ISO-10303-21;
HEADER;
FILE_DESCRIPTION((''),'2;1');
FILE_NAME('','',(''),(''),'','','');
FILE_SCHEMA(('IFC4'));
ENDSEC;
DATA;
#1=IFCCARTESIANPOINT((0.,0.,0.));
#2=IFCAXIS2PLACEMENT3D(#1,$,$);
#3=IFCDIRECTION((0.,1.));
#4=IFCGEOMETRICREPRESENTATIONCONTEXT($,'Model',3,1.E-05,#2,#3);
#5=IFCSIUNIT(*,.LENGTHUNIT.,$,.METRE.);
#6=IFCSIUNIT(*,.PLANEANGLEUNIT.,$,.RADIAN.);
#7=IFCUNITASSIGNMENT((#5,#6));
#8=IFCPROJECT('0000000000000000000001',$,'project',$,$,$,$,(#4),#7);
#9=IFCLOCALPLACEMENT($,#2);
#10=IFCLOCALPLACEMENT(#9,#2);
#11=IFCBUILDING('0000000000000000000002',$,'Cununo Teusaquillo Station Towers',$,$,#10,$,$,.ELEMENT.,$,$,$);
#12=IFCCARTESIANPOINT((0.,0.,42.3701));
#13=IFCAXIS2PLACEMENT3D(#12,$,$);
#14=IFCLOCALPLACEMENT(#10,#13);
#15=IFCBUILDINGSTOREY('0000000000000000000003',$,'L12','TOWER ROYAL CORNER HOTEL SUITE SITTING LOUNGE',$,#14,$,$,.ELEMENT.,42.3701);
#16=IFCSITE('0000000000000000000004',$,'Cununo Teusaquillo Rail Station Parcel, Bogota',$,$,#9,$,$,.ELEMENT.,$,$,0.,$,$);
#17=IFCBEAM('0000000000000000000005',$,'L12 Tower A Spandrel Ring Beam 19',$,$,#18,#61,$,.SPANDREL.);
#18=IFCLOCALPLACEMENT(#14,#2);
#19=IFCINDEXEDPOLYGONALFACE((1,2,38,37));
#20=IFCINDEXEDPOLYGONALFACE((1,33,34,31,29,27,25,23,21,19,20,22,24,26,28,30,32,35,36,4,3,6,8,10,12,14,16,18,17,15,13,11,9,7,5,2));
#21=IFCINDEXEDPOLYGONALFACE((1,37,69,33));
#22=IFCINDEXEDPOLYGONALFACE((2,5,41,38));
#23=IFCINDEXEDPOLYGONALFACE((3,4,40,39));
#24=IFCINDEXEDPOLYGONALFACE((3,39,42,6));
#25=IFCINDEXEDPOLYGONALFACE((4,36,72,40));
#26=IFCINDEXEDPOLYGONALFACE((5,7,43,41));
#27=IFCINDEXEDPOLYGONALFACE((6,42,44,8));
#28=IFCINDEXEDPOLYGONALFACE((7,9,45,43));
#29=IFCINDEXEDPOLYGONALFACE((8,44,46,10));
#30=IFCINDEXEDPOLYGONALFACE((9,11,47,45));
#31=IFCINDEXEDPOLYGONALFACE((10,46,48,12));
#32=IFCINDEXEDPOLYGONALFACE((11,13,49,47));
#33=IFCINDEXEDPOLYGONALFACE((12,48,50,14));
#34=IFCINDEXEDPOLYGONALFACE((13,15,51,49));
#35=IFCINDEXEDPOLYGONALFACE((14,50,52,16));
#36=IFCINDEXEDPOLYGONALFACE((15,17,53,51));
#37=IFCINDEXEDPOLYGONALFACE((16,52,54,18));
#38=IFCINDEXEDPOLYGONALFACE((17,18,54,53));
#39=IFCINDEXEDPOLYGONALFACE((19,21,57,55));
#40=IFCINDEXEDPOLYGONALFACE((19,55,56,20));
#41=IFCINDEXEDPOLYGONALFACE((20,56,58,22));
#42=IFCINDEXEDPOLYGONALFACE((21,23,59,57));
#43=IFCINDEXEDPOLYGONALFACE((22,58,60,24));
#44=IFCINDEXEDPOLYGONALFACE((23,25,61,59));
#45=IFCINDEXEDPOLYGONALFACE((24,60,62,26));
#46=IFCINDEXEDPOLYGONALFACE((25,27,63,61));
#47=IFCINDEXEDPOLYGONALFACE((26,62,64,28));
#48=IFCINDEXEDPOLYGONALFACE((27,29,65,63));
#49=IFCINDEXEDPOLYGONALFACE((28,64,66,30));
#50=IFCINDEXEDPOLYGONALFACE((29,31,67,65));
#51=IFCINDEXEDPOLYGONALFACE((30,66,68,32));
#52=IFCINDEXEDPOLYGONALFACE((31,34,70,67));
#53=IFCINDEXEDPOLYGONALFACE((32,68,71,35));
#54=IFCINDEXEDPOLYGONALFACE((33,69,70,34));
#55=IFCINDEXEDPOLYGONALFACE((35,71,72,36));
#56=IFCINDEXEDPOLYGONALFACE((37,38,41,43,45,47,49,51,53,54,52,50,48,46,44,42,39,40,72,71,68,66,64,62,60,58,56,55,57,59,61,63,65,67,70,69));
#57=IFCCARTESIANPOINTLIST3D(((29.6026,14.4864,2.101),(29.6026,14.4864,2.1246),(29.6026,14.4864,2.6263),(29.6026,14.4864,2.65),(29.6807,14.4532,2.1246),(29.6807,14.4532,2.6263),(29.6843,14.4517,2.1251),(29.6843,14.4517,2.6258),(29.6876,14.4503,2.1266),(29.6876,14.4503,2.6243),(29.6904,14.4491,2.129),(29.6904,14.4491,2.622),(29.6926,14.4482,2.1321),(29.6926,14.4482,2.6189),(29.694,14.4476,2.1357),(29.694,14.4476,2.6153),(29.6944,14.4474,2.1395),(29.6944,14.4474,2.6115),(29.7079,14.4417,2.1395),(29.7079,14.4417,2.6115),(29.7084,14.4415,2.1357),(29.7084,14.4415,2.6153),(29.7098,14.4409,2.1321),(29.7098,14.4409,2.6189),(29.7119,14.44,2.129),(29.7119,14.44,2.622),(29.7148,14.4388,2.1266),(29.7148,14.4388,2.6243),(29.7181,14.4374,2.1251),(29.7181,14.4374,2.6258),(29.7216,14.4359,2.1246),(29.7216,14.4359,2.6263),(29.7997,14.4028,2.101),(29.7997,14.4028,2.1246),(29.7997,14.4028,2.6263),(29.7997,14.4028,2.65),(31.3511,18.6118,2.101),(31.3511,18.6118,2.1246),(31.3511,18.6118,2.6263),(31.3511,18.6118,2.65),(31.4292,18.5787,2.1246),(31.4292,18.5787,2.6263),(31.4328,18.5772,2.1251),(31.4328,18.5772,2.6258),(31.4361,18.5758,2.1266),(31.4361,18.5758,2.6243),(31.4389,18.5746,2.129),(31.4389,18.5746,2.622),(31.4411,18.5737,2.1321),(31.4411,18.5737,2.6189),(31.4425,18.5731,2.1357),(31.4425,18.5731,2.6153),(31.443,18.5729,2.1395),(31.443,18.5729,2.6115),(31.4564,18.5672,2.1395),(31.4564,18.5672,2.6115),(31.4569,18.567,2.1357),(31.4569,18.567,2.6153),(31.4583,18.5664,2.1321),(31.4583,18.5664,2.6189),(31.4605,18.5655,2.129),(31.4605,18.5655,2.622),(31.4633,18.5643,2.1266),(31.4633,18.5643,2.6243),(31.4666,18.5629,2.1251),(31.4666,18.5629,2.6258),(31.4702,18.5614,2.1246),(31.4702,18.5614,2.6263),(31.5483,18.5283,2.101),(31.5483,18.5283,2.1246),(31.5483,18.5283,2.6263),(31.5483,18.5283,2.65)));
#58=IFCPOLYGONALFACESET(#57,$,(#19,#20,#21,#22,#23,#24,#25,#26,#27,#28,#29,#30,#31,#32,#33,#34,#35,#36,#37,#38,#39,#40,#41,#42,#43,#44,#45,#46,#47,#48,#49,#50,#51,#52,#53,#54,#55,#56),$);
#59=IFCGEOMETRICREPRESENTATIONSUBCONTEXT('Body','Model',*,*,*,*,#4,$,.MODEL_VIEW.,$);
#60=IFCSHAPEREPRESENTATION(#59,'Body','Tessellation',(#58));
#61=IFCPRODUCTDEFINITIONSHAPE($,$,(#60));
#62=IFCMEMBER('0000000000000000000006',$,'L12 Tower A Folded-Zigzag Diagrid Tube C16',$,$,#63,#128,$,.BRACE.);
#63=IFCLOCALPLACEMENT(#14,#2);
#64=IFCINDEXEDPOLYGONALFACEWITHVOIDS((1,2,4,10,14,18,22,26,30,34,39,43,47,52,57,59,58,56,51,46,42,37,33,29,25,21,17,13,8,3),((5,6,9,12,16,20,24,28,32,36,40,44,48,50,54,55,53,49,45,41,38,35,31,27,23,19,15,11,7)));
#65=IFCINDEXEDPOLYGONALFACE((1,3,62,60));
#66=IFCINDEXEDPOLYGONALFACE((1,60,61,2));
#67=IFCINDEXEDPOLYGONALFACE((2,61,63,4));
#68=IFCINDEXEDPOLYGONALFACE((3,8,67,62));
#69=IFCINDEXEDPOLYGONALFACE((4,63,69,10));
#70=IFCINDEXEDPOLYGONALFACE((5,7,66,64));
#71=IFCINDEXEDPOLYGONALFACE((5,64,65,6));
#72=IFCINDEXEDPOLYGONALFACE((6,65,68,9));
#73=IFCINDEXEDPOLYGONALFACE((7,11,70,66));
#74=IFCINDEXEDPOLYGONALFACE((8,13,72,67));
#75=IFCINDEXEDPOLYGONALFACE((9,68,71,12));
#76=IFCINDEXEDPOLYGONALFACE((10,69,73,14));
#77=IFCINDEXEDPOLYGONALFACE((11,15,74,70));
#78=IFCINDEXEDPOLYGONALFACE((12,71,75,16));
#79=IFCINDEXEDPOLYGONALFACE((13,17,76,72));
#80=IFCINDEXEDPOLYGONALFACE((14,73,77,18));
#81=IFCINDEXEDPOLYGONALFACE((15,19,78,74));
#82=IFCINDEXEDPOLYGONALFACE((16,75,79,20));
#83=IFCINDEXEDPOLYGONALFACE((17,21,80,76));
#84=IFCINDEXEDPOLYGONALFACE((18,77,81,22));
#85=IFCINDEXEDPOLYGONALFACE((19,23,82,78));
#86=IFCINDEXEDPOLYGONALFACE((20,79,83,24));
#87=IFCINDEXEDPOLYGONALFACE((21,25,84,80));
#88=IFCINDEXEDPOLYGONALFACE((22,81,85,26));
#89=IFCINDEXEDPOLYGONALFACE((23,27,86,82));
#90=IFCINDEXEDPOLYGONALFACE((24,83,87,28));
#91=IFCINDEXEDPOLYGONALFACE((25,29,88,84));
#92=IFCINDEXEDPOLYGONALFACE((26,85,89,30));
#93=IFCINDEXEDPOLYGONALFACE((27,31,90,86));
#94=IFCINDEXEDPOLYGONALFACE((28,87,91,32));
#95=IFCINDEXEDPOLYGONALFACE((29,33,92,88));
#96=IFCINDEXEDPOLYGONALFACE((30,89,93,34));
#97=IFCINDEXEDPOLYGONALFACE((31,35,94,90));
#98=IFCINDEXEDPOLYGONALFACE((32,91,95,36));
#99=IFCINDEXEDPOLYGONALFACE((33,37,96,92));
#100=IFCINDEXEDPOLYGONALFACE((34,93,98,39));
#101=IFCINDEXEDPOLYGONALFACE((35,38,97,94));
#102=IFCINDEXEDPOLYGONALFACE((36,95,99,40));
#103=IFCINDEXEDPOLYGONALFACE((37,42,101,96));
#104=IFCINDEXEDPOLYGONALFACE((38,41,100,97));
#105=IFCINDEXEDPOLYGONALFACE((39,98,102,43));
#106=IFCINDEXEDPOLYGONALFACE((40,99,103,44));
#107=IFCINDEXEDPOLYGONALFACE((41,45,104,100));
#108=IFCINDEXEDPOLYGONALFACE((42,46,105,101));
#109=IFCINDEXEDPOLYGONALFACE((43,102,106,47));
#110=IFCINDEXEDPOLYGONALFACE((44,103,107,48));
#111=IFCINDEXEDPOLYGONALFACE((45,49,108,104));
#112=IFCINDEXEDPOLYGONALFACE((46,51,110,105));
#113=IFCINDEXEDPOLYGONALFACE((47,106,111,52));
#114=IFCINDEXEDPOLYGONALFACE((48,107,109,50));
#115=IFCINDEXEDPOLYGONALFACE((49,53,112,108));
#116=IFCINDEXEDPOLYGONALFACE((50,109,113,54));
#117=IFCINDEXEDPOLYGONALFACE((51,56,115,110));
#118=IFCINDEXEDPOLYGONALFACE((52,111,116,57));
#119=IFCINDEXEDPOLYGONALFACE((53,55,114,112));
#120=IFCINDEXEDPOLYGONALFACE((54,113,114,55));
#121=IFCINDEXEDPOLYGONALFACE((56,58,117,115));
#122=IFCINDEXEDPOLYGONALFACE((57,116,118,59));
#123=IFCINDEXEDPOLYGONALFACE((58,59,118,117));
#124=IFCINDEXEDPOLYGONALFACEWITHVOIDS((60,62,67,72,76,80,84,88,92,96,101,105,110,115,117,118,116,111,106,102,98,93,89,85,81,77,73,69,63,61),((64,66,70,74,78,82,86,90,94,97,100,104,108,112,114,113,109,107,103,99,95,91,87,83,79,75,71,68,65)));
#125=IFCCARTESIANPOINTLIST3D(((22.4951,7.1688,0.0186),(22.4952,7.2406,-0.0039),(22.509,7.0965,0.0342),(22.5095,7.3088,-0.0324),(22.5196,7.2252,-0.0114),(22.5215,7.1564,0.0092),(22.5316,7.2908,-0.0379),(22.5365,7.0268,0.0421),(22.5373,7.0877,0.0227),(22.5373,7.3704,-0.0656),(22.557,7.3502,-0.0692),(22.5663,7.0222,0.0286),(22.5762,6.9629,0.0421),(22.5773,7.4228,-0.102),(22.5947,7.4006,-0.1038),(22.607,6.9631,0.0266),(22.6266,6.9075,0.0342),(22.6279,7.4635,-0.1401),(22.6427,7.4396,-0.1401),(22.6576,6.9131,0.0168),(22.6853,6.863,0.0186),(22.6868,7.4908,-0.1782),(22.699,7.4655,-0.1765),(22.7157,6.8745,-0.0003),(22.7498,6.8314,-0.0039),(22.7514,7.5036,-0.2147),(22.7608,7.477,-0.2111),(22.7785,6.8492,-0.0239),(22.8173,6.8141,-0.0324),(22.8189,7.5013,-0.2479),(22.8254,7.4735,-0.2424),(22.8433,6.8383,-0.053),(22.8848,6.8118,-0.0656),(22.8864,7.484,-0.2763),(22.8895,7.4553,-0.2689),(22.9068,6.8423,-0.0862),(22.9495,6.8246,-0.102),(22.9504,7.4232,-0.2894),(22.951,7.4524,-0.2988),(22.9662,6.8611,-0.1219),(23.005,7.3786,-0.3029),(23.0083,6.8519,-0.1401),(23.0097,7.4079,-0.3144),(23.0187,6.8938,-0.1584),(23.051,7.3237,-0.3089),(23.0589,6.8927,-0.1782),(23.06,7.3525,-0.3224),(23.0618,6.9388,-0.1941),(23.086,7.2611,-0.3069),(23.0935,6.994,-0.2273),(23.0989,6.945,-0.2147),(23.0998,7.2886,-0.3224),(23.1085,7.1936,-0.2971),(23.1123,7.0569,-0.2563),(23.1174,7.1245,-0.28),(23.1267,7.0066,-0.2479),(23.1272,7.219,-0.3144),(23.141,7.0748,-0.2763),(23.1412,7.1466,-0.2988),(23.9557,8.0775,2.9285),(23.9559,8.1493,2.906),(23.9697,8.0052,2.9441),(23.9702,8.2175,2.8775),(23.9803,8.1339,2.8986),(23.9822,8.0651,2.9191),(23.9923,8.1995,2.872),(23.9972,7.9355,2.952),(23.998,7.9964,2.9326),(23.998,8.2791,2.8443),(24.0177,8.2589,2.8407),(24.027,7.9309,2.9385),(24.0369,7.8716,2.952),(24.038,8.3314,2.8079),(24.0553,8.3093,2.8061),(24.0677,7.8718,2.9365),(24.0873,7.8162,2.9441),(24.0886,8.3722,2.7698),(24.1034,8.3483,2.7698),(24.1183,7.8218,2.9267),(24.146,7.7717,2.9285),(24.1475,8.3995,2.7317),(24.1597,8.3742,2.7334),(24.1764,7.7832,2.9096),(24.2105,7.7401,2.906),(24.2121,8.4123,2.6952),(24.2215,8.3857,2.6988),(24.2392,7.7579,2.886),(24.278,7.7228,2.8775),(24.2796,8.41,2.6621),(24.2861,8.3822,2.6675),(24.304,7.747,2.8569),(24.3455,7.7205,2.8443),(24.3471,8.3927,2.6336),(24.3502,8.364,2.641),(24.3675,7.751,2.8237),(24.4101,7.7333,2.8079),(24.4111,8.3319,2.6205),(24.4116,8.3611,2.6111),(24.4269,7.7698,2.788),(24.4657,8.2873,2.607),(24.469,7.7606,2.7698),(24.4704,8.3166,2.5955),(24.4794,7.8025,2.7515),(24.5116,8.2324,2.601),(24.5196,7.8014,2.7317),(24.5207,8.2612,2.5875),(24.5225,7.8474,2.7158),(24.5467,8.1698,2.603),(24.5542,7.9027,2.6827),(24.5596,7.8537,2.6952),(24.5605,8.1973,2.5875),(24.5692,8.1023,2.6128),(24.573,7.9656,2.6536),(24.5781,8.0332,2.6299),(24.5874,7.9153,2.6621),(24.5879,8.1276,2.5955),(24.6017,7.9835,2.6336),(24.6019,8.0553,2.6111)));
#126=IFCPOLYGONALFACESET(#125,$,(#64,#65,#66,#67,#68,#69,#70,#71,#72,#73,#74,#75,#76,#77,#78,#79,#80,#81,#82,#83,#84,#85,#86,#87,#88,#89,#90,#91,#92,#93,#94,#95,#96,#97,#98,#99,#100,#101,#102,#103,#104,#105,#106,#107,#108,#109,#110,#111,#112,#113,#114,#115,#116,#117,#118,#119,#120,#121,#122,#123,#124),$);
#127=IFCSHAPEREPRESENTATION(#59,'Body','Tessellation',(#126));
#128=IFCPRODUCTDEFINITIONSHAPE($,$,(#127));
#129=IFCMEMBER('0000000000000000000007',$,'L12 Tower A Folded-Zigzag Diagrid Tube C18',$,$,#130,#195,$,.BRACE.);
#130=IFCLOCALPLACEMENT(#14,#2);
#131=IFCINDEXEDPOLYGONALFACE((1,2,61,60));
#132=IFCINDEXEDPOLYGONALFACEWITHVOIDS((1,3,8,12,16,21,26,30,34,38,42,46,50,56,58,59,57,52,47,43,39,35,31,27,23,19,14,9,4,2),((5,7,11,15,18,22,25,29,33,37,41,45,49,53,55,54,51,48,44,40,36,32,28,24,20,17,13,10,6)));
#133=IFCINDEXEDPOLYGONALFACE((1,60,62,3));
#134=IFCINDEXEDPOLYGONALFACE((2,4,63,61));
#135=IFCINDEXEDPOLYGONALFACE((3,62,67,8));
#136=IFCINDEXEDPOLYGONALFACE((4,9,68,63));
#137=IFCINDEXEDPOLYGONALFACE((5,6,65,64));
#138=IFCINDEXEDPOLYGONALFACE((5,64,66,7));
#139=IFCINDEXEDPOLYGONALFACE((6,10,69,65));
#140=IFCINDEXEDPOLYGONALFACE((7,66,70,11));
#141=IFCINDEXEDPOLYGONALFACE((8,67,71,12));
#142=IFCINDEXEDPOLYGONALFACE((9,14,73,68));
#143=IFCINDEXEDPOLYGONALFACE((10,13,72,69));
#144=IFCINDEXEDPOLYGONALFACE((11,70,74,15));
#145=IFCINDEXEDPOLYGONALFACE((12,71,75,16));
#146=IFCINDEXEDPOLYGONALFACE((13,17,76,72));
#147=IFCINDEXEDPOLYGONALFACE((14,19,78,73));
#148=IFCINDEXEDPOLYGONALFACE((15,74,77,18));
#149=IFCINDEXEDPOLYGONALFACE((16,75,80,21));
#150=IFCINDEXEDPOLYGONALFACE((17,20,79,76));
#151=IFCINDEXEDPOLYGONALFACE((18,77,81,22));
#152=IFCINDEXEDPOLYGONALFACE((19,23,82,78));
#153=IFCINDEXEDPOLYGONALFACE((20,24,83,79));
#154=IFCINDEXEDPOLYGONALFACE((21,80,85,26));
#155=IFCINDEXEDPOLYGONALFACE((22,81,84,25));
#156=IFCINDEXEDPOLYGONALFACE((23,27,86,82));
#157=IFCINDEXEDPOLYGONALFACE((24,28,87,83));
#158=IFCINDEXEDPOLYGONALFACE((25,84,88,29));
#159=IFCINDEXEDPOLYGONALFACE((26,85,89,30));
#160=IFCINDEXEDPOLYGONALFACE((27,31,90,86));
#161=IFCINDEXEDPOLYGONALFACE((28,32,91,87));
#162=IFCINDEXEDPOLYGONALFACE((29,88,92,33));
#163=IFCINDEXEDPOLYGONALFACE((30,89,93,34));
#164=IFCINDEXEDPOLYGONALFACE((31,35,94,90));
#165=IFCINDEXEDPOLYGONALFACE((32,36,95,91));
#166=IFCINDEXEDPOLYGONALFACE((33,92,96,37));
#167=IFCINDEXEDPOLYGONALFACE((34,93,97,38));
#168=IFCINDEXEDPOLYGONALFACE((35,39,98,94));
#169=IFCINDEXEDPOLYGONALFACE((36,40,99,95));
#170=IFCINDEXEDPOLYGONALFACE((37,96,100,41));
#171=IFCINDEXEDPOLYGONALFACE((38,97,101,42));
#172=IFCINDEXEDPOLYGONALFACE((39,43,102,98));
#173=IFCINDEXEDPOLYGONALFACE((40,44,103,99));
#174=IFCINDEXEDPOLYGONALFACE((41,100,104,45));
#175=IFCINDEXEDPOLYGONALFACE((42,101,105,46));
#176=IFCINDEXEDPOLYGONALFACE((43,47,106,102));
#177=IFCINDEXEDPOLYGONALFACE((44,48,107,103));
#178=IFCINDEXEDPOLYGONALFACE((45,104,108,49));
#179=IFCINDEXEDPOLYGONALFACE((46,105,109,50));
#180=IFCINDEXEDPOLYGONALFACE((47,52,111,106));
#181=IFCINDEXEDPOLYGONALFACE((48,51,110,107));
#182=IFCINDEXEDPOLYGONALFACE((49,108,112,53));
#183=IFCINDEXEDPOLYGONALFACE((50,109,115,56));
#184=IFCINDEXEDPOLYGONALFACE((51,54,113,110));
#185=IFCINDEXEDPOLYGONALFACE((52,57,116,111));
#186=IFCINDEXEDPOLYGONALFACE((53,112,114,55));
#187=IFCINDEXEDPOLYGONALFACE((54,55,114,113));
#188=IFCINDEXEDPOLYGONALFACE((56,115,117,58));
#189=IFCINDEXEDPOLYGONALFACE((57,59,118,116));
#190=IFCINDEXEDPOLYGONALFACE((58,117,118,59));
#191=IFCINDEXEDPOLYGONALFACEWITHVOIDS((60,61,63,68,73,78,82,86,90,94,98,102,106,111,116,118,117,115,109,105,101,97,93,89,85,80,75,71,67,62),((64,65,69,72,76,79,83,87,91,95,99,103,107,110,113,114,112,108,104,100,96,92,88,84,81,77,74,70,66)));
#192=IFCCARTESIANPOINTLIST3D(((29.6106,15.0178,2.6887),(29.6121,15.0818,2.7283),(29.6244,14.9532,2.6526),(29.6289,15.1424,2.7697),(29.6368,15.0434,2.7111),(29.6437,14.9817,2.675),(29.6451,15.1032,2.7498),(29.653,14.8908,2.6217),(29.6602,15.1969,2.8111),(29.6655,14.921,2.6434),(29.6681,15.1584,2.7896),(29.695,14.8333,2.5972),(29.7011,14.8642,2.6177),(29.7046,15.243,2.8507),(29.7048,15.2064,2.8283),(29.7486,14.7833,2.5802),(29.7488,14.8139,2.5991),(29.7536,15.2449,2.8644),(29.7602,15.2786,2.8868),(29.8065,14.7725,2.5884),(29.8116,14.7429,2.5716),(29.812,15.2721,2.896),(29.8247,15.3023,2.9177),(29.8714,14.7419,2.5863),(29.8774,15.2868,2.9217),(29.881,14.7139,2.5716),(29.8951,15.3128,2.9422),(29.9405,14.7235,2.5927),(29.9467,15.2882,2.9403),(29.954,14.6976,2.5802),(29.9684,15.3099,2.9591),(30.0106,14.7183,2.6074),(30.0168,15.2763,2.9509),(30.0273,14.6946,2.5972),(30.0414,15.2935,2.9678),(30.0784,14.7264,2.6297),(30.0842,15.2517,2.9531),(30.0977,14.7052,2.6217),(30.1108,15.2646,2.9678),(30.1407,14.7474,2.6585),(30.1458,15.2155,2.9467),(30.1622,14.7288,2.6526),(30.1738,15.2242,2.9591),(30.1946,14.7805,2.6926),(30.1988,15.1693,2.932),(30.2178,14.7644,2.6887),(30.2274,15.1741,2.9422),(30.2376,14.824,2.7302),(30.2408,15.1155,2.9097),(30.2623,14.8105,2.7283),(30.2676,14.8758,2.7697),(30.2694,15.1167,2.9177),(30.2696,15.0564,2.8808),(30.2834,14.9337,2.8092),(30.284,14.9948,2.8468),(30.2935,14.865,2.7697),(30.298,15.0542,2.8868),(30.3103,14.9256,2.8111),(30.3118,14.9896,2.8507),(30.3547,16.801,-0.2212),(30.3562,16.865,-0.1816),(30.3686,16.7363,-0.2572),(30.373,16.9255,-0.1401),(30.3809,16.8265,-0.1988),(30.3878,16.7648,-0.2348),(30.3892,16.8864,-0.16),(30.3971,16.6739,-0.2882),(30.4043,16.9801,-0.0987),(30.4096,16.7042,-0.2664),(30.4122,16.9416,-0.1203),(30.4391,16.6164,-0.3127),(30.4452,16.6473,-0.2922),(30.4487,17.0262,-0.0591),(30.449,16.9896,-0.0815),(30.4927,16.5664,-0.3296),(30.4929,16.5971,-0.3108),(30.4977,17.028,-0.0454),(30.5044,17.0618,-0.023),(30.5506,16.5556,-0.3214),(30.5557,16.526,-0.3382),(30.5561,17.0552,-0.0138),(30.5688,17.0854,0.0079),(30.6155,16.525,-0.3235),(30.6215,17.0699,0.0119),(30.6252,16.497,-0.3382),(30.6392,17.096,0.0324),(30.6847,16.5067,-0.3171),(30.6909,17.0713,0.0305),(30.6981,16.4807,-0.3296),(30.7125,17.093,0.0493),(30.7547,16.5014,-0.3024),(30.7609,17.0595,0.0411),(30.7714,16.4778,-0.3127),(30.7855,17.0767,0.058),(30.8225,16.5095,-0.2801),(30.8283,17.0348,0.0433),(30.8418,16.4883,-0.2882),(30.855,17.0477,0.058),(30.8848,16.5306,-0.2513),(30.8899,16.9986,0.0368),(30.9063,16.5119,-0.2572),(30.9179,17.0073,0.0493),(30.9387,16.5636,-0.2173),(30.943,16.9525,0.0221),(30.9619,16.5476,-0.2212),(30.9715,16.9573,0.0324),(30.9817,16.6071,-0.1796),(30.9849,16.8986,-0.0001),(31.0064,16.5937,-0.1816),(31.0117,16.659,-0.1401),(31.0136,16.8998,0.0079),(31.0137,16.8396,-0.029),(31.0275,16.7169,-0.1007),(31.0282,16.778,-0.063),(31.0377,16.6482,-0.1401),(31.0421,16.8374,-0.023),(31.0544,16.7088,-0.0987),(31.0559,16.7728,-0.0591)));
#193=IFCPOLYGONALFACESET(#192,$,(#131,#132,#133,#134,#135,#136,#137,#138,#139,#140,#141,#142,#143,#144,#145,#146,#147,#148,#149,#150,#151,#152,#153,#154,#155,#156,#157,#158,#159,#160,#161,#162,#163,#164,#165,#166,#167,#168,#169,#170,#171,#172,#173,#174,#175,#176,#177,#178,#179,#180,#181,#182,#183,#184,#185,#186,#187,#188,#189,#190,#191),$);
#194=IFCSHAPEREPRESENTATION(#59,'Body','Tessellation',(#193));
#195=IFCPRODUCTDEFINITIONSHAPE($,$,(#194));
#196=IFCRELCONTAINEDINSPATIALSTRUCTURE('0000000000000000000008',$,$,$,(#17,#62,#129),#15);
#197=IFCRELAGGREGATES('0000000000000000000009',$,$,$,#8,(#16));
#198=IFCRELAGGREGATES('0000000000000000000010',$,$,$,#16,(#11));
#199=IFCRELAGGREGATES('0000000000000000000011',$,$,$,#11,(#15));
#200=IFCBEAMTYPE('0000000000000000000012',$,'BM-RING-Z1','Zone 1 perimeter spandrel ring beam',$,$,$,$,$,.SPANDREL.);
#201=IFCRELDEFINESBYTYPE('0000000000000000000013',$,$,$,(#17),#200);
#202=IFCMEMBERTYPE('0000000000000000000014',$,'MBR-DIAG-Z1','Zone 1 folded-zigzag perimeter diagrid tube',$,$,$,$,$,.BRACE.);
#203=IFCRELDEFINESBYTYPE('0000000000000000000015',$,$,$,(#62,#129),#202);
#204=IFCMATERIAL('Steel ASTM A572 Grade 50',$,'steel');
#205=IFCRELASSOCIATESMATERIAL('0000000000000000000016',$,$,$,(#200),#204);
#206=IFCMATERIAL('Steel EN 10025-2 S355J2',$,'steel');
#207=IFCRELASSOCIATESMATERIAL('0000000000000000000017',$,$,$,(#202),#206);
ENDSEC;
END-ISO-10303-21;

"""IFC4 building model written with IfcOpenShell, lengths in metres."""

from ifc_helpers import new_model, si_unit, direction, frame, origin, origin_2d, place, context, subcontext, project, spatial, hollow_circle, i_section, extrude, material, material_profile, profile_set, type_object, element, save


model = new_model("IFC4")

# Units and contexts
model_context = context("Model", 3, precision=1e-05, world=origin(), true_north=direction((0.0, 1.0)))
body_context = subcontext(model_context, "Body", "Model", "MODEL_VIEW")
ifc_project = project(units=[si_unit("LENGTHUNIT", "METRE"), si_unit("PLANEANGLEUNIT", "RADIAN")], contexts=[model_context])

# Site, building, storey
site_placement = place(None, origin())
site = spatial("IfcSite", under=ifc_project, at=site_placement, Name="Cununo Teusaquillo Rail Station Parcel, Bogota", CompositionType="ELEMENT", RefElevation=0.0)
building_placement = place(site_placement, origin())
building = spatial("IfcBuilding", under=site, at=building_placement, Name="Cununo Teusaquillo Station Towers", CompositionType="ELEMENT")
storey_placement = place(building_placement, frame((0.0, 0.0, 42.3701)))
storey = spatial("IfcBuildingStorey", under=building, at=storey_placement, Name="L12", Description="TOWER ROYAL CORNER HOTEL SUITE SITTING LOUNGE", CompositionType="ELEMENT", Elevation=42.3701)

# Beam
ifc_material_1 = material(Name="Steel ASTM A572 Grade 50", Category="steel")
ifc_material_profile_1 = material_profile(ifc_material_1, i_section(OverallWidth=0.2141, OverallDepth=0.5491, WebThickness=0.0146, FlangeThickness=0.0237, FilletRadius=0.0149, at=origin_2d()), Name="W21X93")
ifc_profile_set_1 = profile_set([ifc_material_profile_1], Name="Steel ASTM A572 Grade 50")
beam_type = type_object("IfcBeamType", Name="BM-RING-Z1", Description="Zone 1 perimeter spandrel ring beam", PredefinedType="SPANDREL", material=ifc_profile_set_1)
beam_1_placement = place(storey_placement, frame((29.7012, 14.4446, 2.3755), z_axis=(0.390234, 0.920716, 0.0), x_axis=(-0.920716, 0.390234, 0.0)))
element("IfcBeam", 1, at=beam_1_placement, inside=storey, type_object=beam_type, Name="L12 Tower A Spandrel Ring Beam 19", PredefinedType="SPANDREL", context=body_context, shape_type="SweptSolid", body=[
    extrude(i_section(OverallWidth=0.2141, OverallDepth=0.5491, WebThickness=0.0146, FlangeThickness=0.0237, FilletRadius=0.0149, at=origin_2d()), origin(), (0.0, 0.0, 1.0), 4.4807),
])

# Members
ifc_material_2 = material(Name="Steel EN 10025-2 S355J2", Category="steel")
ifc_material_profile_2 = material_profile(ifc_material_2, hollow_circle(Radius=0.3601, WallThickness=0.0281, at=origin_2d()), Name="CHS 720x28")
ifc_profile_set_2 = profile_set([ifc_material_profile_2], Name="Steel EN 10025-2 S355J2")
member_type = type_object("IfcMemberType", Name="MBR-DIAG-Z1", Description="Zone 1 folded-zigzag perimeter diagrid tube", PredefinedType="BRACE", material=ifc_profile_set_2)
member_1_placement = place(storey_placement, frame((22.8181, 7.1577, -0.1401), z_axis=(0.43211, 0.268814, 0.860825), x_axis=(-0.528225, 0.849105, 0.0)))
element("IfcMember", 2, at=member_1_placement, inside=storey, type_object=member_type, Name="L12 Tower A Folded-Zigzag Diagrid Tube C16", PredefinedType="BRACE", context=body_context, shape_type="SweptSolid", body=[
    extrude(hollow_circle(Radius=0.3601, WallThickness=0.0281, at=origin_2d()), origin(), (0.0, 0.0, 1.0), 3.3804),
])
member_2_placement = place(storey_placement, frame((30.7053, 16.7869, -0.1401), z_axis=(-0.213037, -0.510506, 0.833066), x_axis=(0.922867, -0.385118, 0.0)))
element("IfcMember", 3, at=member_2_placement, inside=storey, type_object=member_type, Name="L12 Tower A Folded-Zigzag Diagrid Tube C18", PredefinedType="BRACE", context=body_context, shape_type="SweptSolid", body=[
    extrude(hollow_circle(Radius=0.3601, WallThickness=0.0281, at=origin_2d()), origin(), (0.0, 0.0, 1.0), 3.4929),
])

save(model, "model.ifc")
